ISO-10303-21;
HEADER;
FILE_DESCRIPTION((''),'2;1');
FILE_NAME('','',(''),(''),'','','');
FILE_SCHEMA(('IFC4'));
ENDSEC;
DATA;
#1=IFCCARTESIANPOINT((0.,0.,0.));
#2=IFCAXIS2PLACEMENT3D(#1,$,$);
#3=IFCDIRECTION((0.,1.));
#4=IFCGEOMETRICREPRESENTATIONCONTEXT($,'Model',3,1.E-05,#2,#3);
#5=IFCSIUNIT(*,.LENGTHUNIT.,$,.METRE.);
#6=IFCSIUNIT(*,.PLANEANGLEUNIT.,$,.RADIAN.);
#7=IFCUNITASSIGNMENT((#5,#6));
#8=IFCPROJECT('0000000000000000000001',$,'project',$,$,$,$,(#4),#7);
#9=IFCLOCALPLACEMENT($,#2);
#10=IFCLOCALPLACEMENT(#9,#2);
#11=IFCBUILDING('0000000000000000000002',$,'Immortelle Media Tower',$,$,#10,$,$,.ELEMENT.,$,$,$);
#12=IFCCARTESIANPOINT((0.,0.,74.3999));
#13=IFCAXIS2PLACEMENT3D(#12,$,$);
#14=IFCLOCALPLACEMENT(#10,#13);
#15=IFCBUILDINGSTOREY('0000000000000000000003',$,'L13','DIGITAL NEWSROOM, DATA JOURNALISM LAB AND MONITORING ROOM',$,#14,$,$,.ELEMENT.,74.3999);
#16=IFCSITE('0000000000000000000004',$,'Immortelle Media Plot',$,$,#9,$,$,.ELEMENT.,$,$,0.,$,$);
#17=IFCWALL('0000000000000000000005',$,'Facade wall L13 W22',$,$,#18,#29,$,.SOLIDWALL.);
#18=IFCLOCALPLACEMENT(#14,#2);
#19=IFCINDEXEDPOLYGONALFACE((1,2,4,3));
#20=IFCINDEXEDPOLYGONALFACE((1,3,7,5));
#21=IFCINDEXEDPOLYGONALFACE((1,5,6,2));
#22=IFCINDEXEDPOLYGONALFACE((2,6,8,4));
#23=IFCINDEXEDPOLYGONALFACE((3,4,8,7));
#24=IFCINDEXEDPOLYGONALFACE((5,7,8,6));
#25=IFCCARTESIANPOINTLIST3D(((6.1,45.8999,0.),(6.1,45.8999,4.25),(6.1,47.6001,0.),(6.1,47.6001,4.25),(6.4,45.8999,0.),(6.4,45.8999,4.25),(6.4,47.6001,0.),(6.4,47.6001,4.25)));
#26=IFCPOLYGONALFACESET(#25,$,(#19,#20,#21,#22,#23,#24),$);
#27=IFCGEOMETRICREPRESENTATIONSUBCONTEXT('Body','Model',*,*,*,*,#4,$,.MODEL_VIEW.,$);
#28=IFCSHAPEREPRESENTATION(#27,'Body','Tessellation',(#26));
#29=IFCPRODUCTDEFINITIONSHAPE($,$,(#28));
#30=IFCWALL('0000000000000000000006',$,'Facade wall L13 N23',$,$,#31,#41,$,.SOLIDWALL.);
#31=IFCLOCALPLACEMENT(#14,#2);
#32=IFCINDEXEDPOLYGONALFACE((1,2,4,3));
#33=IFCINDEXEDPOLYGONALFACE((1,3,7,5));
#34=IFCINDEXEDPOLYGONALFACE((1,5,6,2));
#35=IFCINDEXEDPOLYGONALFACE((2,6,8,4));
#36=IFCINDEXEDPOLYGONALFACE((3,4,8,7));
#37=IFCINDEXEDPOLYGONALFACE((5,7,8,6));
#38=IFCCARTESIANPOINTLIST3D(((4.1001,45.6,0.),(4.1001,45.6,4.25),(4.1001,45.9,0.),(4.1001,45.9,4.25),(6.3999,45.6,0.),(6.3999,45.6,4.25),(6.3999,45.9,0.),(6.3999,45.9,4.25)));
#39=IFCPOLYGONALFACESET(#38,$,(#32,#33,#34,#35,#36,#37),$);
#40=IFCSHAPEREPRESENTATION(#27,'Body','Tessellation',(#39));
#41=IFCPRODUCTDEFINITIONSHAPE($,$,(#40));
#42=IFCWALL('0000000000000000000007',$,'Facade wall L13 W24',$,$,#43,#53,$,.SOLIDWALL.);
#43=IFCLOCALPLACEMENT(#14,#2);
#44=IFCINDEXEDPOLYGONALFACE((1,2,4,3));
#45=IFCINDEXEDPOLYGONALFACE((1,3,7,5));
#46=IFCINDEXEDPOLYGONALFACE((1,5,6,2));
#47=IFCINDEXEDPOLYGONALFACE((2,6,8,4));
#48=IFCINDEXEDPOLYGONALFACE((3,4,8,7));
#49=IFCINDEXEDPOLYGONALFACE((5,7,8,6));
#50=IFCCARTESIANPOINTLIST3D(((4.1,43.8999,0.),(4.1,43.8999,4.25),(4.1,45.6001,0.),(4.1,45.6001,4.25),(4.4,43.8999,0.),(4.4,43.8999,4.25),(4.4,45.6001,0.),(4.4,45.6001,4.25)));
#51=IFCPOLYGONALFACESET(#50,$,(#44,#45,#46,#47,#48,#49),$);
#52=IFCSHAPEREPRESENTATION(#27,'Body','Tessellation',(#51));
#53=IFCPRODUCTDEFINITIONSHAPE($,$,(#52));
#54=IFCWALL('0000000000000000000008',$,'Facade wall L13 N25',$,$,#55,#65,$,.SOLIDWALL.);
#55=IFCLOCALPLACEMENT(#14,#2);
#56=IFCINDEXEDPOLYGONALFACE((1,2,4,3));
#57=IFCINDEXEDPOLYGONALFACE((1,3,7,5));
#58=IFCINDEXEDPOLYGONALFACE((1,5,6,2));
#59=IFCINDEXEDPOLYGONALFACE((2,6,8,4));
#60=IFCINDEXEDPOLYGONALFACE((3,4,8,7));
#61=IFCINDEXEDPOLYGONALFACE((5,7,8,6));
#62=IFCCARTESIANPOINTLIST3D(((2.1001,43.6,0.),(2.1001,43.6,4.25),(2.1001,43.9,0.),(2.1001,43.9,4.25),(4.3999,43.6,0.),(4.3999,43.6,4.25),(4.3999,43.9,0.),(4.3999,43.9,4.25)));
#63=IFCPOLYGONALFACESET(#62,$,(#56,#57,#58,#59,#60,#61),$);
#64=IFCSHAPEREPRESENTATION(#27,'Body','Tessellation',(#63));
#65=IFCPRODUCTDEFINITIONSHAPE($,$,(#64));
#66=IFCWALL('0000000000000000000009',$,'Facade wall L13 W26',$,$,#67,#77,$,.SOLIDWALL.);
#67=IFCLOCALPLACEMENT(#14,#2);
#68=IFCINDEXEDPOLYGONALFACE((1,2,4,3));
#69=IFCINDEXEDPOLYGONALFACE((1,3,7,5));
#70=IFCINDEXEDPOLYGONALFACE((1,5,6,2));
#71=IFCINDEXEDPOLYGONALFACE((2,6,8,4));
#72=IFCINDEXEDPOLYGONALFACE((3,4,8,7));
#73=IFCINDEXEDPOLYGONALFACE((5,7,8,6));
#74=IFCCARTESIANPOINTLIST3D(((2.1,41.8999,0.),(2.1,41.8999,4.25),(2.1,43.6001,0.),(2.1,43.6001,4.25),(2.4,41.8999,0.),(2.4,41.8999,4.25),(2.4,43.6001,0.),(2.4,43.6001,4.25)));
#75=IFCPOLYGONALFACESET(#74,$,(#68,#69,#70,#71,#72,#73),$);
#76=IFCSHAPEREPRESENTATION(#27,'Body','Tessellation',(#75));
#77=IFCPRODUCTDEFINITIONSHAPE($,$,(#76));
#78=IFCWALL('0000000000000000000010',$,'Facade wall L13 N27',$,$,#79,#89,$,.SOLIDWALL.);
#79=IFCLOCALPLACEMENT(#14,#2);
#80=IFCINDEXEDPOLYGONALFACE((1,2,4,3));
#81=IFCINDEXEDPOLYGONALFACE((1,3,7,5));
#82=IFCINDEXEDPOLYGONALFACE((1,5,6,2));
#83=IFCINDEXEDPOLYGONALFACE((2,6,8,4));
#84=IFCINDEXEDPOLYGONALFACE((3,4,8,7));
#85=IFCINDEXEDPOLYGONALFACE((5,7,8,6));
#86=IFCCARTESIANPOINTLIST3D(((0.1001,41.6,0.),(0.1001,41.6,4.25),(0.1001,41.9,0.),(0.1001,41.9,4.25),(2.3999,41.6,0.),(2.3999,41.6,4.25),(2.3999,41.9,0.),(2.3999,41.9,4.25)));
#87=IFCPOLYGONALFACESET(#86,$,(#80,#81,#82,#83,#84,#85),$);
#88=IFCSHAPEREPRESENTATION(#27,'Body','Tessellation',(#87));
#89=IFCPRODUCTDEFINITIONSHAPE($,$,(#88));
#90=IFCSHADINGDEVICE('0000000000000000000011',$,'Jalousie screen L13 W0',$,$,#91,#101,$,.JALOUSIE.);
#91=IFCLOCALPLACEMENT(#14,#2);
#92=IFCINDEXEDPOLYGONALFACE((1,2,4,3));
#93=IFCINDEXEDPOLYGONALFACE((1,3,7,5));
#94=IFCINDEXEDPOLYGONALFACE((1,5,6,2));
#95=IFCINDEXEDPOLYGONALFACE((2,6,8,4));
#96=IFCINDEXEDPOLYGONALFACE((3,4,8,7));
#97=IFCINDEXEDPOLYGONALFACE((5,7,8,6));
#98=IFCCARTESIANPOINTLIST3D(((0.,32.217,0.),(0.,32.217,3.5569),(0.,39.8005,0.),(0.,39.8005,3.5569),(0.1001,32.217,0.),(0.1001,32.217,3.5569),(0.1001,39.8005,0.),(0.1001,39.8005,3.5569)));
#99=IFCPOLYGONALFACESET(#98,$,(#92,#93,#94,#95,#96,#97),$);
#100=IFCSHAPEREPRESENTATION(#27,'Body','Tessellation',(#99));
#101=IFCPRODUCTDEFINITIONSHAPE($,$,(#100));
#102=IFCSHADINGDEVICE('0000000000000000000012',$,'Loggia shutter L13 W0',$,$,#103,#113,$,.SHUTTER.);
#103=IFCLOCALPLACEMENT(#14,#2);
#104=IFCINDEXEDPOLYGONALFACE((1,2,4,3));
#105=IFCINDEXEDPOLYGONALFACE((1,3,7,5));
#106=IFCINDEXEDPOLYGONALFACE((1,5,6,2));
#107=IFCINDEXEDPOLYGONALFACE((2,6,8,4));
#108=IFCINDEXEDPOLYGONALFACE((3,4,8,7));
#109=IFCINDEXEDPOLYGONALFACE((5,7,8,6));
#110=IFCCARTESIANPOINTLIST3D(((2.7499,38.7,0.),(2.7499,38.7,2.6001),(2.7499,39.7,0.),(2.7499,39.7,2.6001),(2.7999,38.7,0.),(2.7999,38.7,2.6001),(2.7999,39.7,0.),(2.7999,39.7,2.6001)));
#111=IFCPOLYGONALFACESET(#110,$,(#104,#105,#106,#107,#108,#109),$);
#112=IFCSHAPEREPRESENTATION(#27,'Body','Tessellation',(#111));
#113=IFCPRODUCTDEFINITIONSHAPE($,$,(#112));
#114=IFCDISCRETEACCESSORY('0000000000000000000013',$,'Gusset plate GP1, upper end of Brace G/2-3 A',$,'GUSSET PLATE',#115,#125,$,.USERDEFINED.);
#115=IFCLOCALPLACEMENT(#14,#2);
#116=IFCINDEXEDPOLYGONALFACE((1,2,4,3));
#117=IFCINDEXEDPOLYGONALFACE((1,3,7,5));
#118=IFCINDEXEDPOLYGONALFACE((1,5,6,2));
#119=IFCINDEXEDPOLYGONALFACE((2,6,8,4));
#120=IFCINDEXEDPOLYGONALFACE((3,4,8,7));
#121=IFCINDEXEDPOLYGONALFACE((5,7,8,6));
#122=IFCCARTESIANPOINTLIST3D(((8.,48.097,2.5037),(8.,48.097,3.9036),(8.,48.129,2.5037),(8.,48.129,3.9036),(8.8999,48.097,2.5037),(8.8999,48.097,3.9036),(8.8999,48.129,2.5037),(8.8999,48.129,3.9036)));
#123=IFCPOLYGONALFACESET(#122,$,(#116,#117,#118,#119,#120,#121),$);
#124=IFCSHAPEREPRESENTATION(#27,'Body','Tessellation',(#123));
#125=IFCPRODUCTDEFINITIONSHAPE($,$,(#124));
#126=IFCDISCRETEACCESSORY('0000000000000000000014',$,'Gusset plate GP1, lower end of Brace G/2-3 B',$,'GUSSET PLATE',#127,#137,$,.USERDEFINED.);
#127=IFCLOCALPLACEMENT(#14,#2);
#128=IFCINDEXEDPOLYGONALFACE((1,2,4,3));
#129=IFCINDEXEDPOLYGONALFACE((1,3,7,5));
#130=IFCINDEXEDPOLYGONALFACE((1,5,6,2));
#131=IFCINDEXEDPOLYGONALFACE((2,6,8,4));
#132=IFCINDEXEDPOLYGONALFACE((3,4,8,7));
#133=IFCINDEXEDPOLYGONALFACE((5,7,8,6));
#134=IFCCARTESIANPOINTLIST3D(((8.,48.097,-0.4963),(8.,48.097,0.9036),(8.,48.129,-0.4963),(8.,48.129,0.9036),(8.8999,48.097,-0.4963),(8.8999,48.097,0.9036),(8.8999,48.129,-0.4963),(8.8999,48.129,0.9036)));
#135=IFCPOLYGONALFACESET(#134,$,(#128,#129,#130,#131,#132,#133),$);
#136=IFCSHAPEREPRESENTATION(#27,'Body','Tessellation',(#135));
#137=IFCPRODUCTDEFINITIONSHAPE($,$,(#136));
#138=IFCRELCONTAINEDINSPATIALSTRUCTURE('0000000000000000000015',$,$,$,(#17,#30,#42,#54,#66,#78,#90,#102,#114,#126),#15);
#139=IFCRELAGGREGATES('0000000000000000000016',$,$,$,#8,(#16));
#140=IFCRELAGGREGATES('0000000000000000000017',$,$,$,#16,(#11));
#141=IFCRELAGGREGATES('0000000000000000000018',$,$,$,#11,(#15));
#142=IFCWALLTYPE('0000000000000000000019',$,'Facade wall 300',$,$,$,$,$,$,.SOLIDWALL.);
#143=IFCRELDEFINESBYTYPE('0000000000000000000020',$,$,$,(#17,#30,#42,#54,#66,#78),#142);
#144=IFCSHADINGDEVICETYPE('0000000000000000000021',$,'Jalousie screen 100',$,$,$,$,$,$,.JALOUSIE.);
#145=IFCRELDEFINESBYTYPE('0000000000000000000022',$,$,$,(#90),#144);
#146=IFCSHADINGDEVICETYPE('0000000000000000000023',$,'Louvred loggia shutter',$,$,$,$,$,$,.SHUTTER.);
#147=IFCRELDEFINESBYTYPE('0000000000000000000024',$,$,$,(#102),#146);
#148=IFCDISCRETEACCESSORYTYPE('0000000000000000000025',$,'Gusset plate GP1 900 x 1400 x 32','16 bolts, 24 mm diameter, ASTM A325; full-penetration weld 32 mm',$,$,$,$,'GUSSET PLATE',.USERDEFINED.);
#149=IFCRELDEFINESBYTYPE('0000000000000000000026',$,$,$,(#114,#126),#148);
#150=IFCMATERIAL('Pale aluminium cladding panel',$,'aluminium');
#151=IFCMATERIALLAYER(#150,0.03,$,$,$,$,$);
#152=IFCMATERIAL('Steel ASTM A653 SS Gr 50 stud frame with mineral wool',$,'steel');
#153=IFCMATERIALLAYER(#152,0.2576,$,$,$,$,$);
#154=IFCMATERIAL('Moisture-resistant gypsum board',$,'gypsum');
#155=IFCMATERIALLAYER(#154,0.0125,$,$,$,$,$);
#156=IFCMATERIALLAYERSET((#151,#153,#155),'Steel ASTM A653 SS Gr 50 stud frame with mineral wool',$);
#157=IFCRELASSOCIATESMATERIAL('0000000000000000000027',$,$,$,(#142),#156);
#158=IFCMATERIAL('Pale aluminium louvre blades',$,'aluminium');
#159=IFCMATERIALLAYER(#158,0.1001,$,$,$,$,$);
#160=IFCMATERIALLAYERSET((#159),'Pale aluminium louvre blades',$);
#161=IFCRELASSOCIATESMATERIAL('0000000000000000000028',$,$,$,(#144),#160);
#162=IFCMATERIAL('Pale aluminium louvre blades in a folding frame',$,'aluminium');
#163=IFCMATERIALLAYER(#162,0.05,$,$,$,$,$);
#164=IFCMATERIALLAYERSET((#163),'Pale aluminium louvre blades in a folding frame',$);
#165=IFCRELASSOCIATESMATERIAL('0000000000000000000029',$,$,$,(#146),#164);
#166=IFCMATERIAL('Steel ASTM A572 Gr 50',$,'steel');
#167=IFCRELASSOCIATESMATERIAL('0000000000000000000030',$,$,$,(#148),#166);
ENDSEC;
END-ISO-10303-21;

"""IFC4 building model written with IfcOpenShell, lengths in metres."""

from ifc_helpers import new_model, si_unit, direction, frame, frame_2d, origin, origin_2d, place, context, subcontext, project, spatial, rectangle, extrude, material, layer, layer_set, material_profile, profile_set, type_object, element, save


model = new_model("IFC4")

# Units and contexts
model_context = context("Model", 3, precision=1e-05, world=origin(), true_north=direction((0.0, 1.0)))
body_context = subcontext(model_context, "Body", "Model", "MODEL_VIEW")
ifc_project = project(units=[si_unit("LENGTHUNIT", "METRE"), si_unit("PLANEANGLEUNIT", "RADIAN")], contexts=[model_context])

# Site, building, storey
site_placement = place(None, origin())
site = spatial("IfcSite", under=ifc_project, at=site_placement, Name="Immortelle Media Plot", CompositionType="ELEMENT", RefElevation=0.0)
building_placement = place(site_placement, origin())
building = spatial("IfcBuilding", under=site, at=building_placement, Name="Immortelle Media Tower", CompositionType="ELEMENT")
storey_placement = place(building_placement, frame((0.0, 0.0, 74.3999)))
storey = spatial("IfcBuildingStorey", under=building, at=storey_placement, Name="L13", Description="DIGITAL NEWSROOM, DATA JOURNALISM LAB AND MONITORING ROOM", CompositionType="ELEMENT", Elevation=74.3999)

# Shared definitions
ifc_material_1 = material(Name="Pale aluminium cladding panel", Category="aluminium")
ifc_layer_1 = layer(ifc_material_1, 0.03)
ifc_material_2 = material(Name="Steel ASTM A653 SS Gr 50 stud frame with mineral wool", Category="steel")
ifc_layer_2 = layer(ifc_material_2, 0.2576)
ifc_material_3 = material(Name="Moisture-resistant gypsum board", Category="gypsum")
ifc_layer_3 = layer(ifc_material_3, 0.0125)
ifc_layer_set_1 = layer_set([ifc_layer_1, ifc_layer_2, ifc_layer_3], Name="Steel ASTM A653 SS Gr 50 stud frame with mineral wool")
wall_type = type_object("IfcWallType", Name="Facade wall 300", PredefinedType="SOLIDWALL", material=ifc_layer_set_1)

# Walls
wall_1_placement = place(storey_placement, frame((6.25, 47.6001, 0.0), z_axis=(0.0, 0.0, 1.0), x_axis=(0.0, -1.0, 0.0)))
element("IfcWall", 1, at=wall_1_placement, inside=storey, type_object=wall_type, Name="Facade wall L13 W22", PredefinedType="SOLIDWALL", context=body_context, shape_type="SweptSolid", body=[
    extrude(rectangle(XDim=1.7002, YDim=0.3, at=frame_2d((0.8501, 0.0))), origin(), (0.0, 0.0, 1.0), 4.25),
])
wall_2_placement = place(storey_placement, frame((6.3999, 45.75, 0.0), z_axis=(0.0, 0.0, 1.0), x_axis=(-1.0, 0.0, 0.0)))
element("IfcWall", 2, at=wall_2_placement, inside=storey, type_object=wall_type, Name="Facade wall L13 N23", PredefinedType="SOLIDWALL", context=body_context, shape_type="SweptSolid", body=[
    extrude(rectangle(XDim=2.2998, YDim=0.3, at=frame_2d((1.1499, 0.0))), origin(), (0.0, 0.0, 1.0), 4.25),
])
wall_3_placement = place(storey_placement, frame((4.25, 45.6001, 0.0), z_axis=(0.0, 0.0, 1.0), x_axis=(0.0, -1.0, 0.0)))
element("IfcWall", 3, at=wall_3_placement, inside=storey, type_object=wall_type, Name="Facade wall L13 W24", PredefinedType="SOLIDWALL", context=body_context, shape_type="SweptSolid", body=[
    extrude(rectangle(XDim=1.7002, YDim=0.3, at=frame_2d((0.8501, 0.0))), origin(), (0.0, 0.0, 1.0), 4.25),
])
wall_4_placement = place(storey_placement, frame((4.3999, 43.75, 0.0), z_axis=(0.0, 0.0, 1.0), x_axis=(-1.0, 0.0, 0.0)))
element("IfcWall", 4, at=wall_4_placement, inside=storey, type_object=wall_type, Name="Facade wall L13 N25", PredefinedType="SOLIDWALL", context=body_context, shape_type="SweptSolid", body=[
    extrude(rectangle(XDim=2.2998, YDim=0.3, at=frame_2d((1.1499, 0.0))), origin(), (0.0, 0.0, 1.0), 4.25),
])
wall_5_placement = place(storey_placement, frame((2.25, 43.6001, 0.0), z_axis=(0.0, 0.0, 1.0), x_axis=(0.0, -1.0, 0.0)))
element("IfcWall", 5, at=wall_5_placement, inside=storey, type_object=wall_type, Name="Facade wall L13 W26", PredefinedType="SOLIDWALL", context=body_context, shape_type="SweptSolid", body=[
    extrude(rectangle(XDim=1.7002, YDim=0.3, at=frame_2d((0.8501, 0.0))), origin(), (0.0, 0.0, 1.0), 4.25),
])
wall_6_placement = place(storey_placement, frame((2.3999, 41.75, 0.0), z_axis=(0.0, 0.0, 1.0), x_axis=(-1.0, 0.0, 0.0)))
element("IfcWall", 6, at=wall_6_placement, inside=storey, type_object=wall_type, Name="Facade wall L13 N27", PredefinedType="SOLIDWALL", context=body_context, shape_type="SweptSolid", body=[
    extrude(rectangle(XDim=2.2998, YDim=0.3, at=frame_2d((1.1499, 0.0))), origin(), (0.0, 0.0, 1.0), 4.25),
])

# Shading devices
ifc_material_4 = material(Name="Pale aluminium louvre blades", Category="aluminium")
ifc_layer_4 = layer(ifc_material_4, 0.1001)
ifc_layer_set_2 = layer_set([ifc_layer_4], Name="Pale aluminium louvre blades")
shading_device_type_1 = type_object("IfcShadingDeviceType", Name="Jalousie screen 100", PredefinedType="JALOUSIE", material=ifc_layer_set_2)
shading_device_1_placement = place(storey_placement, frame((0.05, 36.0088, 0.0), z_axis=(0.0, 0.0, 1.0), x_axis=(0.0, -1.0, 0.0)))
element("IfcShadingDevice", 7, at=shading_device_1_placement, inside=storey, type_object=shading_device_type_1, Name="Jalousie screen L13 W0", PredefinedType="JALOUSIE", context=body_context, shape_type="SweptSolid", body=[
    extrude(rectangle(XDim=7.5835, YDim=0.1001, at=origin_2d()), origin(), (0.0, 0.0, 1.0), 3.5569),
])
ifc_material_5 = material(Name="Pale aluminium louvre blades in a folding frame", Category="aluminium")
ifc_layer_5 = layer(ifc_material_5, 0.05)
ifc_layer_set_3 = layer_set([ifc_layer_5], Name="Pale aluminium louvre blades in a folding frame")
shading_device_type_2 = type_object("IfcShadingDeviceType", Name="Louvred loggia shutter", PredefinedType="SHUTTER", material=ifc_layer_set_3)
shading_device_2_placement = place(storey_placement, frame((2.7749, 39.2, 0.0), z_axis=(0.0, 0.0, 1.0), x_axis=(0.0, -1.0, 0.0)))
element("IfcShadingDevice", 8, at=shading_device_2_placement, inside=storey, type_object=shading_device_type_2, Name="Loggia shutter L13 W0", PredefinedType="SHUTTER", context=body_context, shape_type="SweptSolid", body=[
    extrude(rectangle(XDim=1.0, YDim=0.05, at=origin_2d()), origin(), (0.0, 0.0, 1.0), 2.6001),
])

# Discrete accessories
ifc_material_6 = material(Name="Steel ASTM A572 Gr 50", Category="steel")
ifc_material_profile_1 = material_profile(ifc_material_6, rectangle(XDim=0.032, YDim=1.3999, at=origin_2d()), Name="PL 32 x 1400")
ifc_profile_set_1 = profile_set([ifc_material_profile_1], Name="Steel ASTM A572 Gr 50")
discrete_accessory_type = type_object("IfcDiscreteAccessoryType", Name="Gusset plate GP1 900 x 1400 x 32", Description="16 bolts, 24 mm diameter, ASTM A325; full-penetration weld 32 mm", ElementType="GUSSET PLATE", PredefinedType="USERDEFINED", material=ifc_profile_set_1)
for number, where, z_axis, x_axis, name in (
    (9, (8.0, 48.113, 3.2036), (1.0, 0.0, 0.0), (0.0, 1.0, 0.0), "Gusset plate GP1, upper end of Brace G/2-3 A"),
    (10, (8.0, 48.113, 0.2036), (1.0, 0.0, 0.0), (0.0, 1.0, 0.0), "Gusset plate GP1, lower end of Brace G/2-3 B"),
):
    element("IfcDiscreteAccessory", number, at=place(storey_placement, frame(where, z_axis=z_axis, x_axis=x_axis)), inside=storey, type_object=discrete_accessory_type, Name=name, ObjectType="GUSSET PLATE", PredefinedType="USERDEFINED", context=body_context, shape_type="SweptSolid", body=[
        extrude(rectangle(XDim=0.032, YDim=1.3999, at=origin_2d()), origin(), (0.0, 0.0, 1.0), 0.8999),
    ])

save(model, "model.ifc")
